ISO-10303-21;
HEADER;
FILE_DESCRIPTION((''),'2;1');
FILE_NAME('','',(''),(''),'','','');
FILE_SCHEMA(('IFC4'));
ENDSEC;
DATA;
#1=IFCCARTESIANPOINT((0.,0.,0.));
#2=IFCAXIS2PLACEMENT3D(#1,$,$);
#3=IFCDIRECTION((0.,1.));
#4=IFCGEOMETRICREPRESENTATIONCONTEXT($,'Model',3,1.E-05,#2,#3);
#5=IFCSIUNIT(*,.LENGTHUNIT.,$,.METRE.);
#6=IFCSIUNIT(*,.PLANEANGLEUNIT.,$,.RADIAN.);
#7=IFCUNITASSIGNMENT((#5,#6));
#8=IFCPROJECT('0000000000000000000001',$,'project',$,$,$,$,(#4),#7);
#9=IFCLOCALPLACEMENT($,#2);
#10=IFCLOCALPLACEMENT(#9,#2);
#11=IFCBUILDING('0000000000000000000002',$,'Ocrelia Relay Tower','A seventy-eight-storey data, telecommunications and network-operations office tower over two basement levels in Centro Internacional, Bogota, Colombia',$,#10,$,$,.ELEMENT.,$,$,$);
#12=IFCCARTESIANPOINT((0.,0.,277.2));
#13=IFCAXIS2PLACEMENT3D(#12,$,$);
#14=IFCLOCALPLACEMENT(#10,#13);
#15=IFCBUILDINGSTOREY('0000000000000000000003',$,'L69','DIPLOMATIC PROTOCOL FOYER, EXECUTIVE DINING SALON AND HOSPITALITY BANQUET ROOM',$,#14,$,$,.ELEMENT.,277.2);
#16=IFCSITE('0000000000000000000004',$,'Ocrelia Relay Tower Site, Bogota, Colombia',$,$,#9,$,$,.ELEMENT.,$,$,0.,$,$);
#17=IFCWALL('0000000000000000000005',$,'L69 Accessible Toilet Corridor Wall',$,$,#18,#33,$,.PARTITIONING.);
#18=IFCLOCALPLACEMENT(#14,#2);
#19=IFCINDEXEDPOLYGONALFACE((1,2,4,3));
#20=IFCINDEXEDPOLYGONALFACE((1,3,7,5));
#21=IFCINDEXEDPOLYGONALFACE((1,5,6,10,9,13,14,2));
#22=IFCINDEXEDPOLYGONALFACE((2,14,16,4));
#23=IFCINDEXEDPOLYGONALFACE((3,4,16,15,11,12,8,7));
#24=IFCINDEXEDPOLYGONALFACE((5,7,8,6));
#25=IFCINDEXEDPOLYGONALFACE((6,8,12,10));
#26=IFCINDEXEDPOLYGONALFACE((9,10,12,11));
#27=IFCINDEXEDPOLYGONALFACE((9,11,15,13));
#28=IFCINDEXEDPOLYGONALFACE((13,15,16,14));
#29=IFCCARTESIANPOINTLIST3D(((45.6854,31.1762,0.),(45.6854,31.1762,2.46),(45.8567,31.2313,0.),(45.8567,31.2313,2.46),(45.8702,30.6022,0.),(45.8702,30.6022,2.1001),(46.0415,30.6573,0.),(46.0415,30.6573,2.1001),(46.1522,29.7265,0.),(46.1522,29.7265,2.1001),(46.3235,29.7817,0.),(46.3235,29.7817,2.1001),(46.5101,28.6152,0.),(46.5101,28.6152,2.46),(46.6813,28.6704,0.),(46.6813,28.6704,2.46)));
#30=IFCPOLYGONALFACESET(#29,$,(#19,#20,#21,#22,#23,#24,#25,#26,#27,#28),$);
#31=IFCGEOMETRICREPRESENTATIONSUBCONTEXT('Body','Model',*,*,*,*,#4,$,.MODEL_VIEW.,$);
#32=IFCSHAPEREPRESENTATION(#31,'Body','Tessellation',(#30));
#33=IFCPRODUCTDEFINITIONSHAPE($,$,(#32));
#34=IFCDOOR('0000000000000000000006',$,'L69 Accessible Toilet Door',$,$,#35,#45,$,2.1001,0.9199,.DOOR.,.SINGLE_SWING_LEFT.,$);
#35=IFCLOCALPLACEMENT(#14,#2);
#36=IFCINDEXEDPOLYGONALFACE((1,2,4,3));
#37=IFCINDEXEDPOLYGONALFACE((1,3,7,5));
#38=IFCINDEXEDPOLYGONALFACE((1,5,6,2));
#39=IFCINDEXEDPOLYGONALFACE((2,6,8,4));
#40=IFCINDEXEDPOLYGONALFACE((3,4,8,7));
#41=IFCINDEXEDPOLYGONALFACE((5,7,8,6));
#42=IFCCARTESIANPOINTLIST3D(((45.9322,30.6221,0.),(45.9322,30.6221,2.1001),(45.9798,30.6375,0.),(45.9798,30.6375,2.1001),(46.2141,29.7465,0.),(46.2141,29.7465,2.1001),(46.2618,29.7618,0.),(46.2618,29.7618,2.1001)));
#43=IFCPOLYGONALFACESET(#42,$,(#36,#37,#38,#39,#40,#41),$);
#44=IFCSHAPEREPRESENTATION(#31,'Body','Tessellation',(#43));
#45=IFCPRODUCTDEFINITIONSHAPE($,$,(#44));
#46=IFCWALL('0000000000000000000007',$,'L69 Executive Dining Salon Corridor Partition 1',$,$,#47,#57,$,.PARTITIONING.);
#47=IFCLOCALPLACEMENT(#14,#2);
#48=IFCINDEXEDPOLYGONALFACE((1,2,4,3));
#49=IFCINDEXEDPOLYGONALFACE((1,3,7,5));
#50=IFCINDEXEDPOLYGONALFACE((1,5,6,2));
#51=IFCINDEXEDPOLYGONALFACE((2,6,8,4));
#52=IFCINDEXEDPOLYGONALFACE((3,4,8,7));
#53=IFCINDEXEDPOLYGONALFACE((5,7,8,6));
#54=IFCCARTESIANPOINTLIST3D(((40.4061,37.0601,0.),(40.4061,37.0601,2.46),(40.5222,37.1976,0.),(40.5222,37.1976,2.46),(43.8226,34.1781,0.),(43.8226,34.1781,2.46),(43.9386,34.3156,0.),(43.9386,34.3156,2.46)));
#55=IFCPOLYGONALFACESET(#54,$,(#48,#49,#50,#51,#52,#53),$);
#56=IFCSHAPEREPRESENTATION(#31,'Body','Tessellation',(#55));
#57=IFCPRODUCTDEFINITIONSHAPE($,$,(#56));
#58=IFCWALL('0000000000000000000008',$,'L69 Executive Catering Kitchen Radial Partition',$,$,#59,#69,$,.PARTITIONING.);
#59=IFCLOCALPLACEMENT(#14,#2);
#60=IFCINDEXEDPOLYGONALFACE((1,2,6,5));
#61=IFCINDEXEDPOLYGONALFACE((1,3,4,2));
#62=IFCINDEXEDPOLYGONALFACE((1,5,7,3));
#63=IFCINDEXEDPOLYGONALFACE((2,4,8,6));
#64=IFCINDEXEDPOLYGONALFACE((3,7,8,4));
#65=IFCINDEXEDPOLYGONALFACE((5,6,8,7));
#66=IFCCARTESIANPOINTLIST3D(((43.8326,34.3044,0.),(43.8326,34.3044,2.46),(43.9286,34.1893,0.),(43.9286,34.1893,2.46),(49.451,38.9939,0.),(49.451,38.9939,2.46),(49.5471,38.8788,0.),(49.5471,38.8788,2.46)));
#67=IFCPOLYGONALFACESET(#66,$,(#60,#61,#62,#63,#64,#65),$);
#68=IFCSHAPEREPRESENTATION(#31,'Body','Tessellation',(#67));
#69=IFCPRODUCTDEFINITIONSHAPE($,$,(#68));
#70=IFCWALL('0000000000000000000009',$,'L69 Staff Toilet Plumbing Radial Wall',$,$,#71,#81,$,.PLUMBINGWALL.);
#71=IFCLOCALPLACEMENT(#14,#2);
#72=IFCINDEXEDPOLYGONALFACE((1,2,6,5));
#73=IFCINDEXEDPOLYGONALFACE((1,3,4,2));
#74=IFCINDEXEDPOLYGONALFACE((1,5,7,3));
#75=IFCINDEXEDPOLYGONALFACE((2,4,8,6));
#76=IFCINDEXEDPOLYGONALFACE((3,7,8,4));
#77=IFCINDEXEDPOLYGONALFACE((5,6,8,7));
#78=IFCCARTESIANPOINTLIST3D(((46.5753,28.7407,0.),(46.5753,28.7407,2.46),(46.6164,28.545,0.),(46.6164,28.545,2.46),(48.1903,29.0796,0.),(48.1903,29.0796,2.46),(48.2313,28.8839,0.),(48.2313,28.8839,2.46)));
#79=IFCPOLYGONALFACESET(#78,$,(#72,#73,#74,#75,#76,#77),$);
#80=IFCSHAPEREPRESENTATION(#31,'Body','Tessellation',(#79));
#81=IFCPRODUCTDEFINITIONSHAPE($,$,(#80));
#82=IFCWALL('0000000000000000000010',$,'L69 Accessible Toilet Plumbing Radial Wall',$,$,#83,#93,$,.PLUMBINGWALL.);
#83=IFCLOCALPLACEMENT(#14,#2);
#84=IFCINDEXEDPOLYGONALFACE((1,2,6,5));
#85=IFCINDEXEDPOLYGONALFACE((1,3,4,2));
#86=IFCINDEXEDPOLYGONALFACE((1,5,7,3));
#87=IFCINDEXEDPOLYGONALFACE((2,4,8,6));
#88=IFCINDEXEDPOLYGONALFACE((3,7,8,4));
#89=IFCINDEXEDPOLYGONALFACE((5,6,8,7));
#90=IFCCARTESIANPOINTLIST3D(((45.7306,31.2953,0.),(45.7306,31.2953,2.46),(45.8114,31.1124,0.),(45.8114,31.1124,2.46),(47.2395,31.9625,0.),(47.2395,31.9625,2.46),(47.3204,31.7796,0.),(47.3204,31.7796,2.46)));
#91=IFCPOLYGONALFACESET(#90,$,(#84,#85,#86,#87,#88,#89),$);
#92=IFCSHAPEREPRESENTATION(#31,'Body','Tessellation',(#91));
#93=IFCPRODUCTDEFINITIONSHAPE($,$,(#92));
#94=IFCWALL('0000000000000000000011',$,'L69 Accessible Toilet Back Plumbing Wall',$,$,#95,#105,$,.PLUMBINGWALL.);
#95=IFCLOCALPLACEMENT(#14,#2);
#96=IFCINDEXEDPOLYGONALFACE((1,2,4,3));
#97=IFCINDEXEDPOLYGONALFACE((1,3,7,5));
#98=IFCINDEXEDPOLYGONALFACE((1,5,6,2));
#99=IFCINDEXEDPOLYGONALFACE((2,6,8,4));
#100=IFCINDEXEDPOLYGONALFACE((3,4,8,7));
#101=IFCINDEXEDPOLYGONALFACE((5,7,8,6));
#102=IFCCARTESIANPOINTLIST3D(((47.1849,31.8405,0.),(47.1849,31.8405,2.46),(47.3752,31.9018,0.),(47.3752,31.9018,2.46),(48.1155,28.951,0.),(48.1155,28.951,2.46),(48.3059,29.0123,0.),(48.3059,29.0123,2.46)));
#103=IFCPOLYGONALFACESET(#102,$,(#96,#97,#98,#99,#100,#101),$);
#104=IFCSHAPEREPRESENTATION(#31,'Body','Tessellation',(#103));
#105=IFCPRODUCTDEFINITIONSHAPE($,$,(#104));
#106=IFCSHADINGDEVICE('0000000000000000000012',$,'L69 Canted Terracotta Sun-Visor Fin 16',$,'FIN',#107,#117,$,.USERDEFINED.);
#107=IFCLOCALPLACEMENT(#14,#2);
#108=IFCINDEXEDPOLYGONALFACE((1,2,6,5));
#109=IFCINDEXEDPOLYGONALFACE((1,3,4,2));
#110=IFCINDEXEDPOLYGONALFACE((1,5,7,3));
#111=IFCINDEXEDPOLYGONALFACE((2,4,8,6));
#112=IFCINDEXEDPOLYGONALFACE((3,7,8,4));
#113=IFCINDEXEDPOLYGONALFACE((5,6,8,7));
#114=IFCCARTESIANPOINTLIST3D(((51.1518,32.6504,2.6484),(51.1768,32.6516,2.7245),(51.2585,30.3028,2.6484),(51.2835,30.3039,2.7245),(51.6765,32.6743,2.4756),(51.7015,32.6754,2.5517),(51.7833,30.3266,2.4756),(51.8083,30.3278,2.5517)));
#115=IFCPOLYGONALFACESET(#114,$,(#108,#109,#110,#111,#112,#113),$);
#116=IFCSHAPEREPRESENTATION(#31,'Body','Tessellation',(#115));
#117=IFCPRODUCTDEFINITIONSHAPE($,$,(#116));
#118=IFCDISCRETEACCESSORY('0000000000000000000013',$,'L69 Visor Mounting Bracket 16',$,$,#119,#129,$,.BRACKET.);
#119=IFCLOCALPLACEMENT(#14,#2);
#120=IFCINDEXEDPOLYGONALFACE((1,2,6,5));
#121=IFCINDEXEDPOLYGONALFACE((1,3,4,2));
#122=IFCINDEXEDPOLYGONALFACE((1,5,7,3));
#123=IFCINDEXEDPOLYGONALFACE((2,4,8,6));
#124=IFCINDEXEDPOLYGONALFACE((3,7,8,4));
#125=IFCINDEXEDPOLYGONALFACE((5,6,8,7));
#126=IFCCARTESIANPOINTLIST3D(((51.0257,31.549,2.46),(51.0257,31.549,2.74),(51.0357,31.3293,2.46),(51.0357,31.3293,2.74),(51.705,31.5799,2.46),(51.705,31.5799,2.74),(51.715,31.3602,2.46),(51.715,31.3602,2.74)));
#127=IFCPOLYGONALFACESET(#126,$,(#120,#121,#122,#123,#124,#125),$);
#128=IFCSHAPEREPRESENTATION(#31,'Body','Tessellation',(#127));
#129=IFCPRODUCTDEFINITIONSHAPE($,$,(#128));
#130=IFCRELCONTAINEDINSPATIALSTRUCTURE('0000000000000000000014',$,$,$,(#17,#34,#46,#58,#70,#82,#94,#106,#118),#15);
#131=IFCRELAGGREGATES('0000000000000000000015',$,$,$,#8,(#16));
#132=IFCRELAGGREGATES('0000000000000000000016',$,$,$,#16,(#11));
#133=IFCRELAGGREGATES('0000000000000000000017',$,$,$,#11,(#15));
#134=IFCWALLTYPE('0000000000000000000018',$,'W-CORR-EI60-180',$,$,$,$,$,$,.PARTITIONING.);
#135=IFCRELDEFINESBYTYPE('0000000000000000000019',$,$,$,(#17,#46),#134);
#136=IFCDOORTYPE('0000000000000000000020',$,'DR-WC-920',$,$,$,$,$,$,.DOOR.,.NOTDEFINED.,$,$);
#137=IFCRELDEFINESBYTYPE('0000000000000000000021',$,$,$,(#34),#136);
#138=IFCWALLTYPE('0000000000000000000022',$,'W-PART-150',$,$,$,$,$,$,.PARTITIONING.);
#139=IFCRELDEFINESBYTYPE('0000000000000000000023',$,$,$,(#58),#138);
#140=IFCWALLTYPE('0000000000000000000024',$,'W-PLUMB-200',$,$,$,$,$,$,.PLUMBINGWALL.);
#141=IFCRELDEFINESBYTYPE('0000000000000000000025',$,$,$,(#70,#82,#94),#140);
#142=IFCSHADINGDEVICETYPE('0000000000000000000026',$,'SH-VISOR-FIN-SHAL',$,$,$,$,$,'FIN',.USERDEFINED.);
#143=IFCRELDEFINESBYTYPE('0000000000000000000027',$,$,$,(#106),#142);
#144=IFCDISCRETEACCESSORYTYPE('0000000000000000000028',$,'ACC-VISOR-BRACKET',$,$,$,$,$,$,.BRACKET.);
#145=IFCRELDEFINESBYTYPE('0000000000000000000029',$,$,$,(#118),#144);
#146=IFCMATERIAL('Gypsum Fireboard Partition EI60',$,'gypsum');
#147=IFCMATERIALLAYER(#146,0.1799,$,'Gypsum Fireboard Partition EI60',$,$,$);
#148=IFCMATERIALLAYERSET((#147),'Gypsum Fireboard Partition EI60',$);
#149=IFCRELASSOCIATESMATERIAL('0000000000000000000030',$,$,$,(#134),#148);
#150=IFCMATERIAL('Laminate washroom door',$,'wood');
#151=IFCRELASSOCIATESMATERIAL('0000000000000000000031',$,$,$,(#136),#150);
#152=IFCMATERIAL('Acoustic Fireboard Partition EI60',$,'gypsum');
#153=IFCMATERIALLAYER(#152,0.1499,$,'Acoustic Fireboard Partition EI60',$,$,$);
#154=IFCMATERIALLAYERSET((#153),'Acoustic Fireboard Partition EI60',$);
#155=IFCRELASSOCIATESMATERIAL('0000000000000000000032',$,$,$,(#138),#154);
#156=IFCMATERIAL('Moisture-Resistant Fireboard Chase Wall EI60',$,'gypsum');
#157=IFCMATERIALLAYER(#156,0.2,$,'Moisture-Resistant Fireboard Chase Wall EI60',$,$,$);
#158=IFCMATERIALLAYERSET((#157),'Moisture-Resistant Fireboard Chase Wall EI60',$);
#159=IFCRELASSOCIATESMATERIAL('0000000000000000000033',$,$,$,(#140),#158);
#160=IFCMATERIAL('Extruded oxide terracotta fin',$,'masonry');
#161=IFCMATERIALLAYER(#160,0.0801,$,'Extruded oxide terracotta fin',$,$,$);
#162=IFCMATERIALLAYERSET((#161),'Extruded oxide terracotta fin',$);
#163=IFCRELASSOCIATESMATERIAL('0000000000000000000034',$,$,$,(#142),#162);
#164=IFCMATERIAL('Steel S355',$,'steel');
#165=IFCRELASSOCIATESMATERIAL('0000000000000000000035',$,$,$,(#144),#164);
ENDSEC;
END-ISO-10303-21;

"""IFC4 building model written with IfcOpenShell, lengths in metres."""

from ifc_helpers import new_model, si_unit, direction, frame, frame_2d, origin, origin_2d, place, context, subcontext, project, spatial, rectangle, extrude, material, layer, layer_set, type_object, element, fill, save


model = new_model("IFC4")

# Units and contexts
model_context = context("Model", 3, precision=1e-05, world=origin(), true_north=direction((0.0, 1.0)))
body_context = subcontext(model_context, "Body", "Model", "MODEL_VIEW")
ifc_project = project(units=[si_unit("LENGTHUNIT", "METRE"), si_unit("PLANEANGLEUNIT", "RADIAN")], contexts=[model_context])

# Site, building, storey
site_placement = place(None, origin())
site = spatial("IfcSite", under=ifc_project, at=site_placement, Name="Ocrelia Relay Tower Site, Bogota, Colombia", CompositionType="ELEMENT", RefElevation=0.0)
building_placement = place(site_placement, origin())
building = spatial("IfcBuilding", under=site, at=building_placement, Name="Ocrelia Relay Tower", Description="A seventy-eight-storey data, telecommunications and network-operations office tower over two basement levels in Centro Internacional, Bogota, Colombia", CompositionType="ELEMENT")
storey_placement = place(building_placement, frame((0.0, 0.0, 277.2)))
storey = spatial("IfcBuildingStorey", under=building, at=storey_placement, Name="L69", Description="DIPLOMATIC PROTOCOL FOYER, EXECUTIVE DINING SALON AND HOSPITALITY BANQUET ROOM", CompositionType="ELEMENT", Elevation=277.2)

# Shared definitions
ifc_material_1 = material(Name="Steel S355", Category="steel")

# Wall, opening, door
ifc_material_2 = material(Name="Gypsum Fireboard Partition EI60", Category="gypsum")
ifc_layer_1 = layer(ifc_material_2, 0.1799, Name="Gypsum Fireboard Partition EI60")
ifc_layer_set_1 = layer_set([ifc_layer_1], Name="Gypsum Fireboard Partition EI60")
wall_type_1 = type_object("IfcWallType", Name="W-CORR-EI60-180", PredefinedType="PARTITIONING", material=ifc_layer_set_1)
wall_1_placement = place(storey_placement, frame((46.5957, 28.6428, 0.0), z_axis=(0.0, 0.0, 1.0), x_axis=(-0.30652, 0.951864, 0.0)))
wall_1 = element("IfcWall", 1, at=wall_1_placement, inside=storey, type_object=wall_type_1, Name="L69 Accessible Toilet Corridor Wall", PredefinedType="PARTITIONING", context=body_context, shape_type="SweptSolid", body=[
    extrude(rectangle(XDim=2.6904, YDim=0.1799, at=frame_2d((1.3452, 0.0))), origin(), (0.0, 0.0, 1.0), 2.46),
])
opening_1_placement = place(wall_1_placement, frame((1.1675, 0.0, 0.0)))
opening_1 = element("IfcOpeningElement", 2, at=opening_1_placement, cuts=wall_1, PredefinedType="OPENING", context=body_context, shape_type="SweptSolid", body=[
    extrude(rectangle(XDim=0.9199, YDim=2.1001, at=frame_2d((0.46, 1.05))), frame((0.0, 0.1001, 0.0), z_axis=(0.0, -1.0, 0.0), x_axis=(1.0, 0.0, 0.0)), (0.0, 0.0, 1.0), 0.2),
])
ifc_material_3 = material(Name="Laminate washroom door", Category="wood")
door_type_1 = type_object("IfcDoorType", Name="DR-WC-920", OperationType="NOTDEFINED", PredefinedType="DOOR", material=ifc_material_3)
door_1_placement = place(opening_1_placement, origin())
door_1 = element("IfcDoor", 3, at=door_1_placement, inside=storey, type_object=door_type_1, Name="L69 Accessible Toilet Door", OperationType="SINGLE_SWING_LEFT", OverallHeight=2.1001, OverallWidth=0.9199, PredefinedType="DOOR", context=body_context, shape_type="SweptSolid", body=[
    extrude(rectangle(XDim=0.9199, YDim=2.1001, at=frame_2d((0.46, 1.05))), frame((0.0, 0.0249, 0.0), z_axis=(0.0, -1.0, 0.0), x_axis=(1.0, 0.0, 0.0)), (0.0, 0.0, 1.0), 0.05),
])
fill(opening_1, door_1)

# Walls
wall_2_placement = place(storey_placement, frame((43.8806, 34.2468, 0.0), z_axis=(0.0, 0.0, 1.0), x_axis=(-0.764357, 0.644793, 0.0)))
element("IfcWall", 4, at=wall_2_placement, inside=storey, type_object=wall_type_1, Name="L69 Executive Dining Salon Corridor Partition 1", PredefinedType="PARTITIONING", context=body_context, shape_type="SweptSolid", body=[
    extrude(rectangle(XDim=4.4697, YDim=0.1799, at=frame_2d((2.2349, 0.0))), origin(), (0.0, 0.0, 1.0), 2.46),
])
ifc_material_4 = material(Name="Acoustic Fireboard Partition EI60", Category="gypsum")
ifc_layer_2 = layer(ifc_material_4, 0.1499, Name="Acoustic Fireboard Partition EI60")
ifc_layer_set_2 = layer_set([ifc_layer_2], Name="Acoustic Fireboard Partition EI60")
wall_type_2 = type_object("IfcWallType", Name="W-PART-150", PredefinedType="PARTITIONING", material=ifc_layer_set_2)
wall_3_placement = place(storey_placement, frame((43.8806, 34.2468, 0.0), z_axis=(0.0, 0.0, 1.0), x_axis=(0.767721, 0.640785, 0.0)))
element("IfcWall", 5, at=wall_3_placement, inside=storey, type_object=wall_type_2, Name="L69 Executive Catering Kitchen Radial Partition", PredefinedType="PARTITIONING", context=body_context, shape_type="SweptSolid", body=[
    extrude(rectangle(XDim=7.3184, YDim=0.1499, at=frame_2d((3.6592, 0.0))), origin(), (0.0, 0.0, 1.0), 2.46),
])
ifc_material_5 = material(Name="Moisture-Resistant Fireboard Chase Wall EI60", Category="gypsum")
ifc_layer_3 = layer(ifc_material_5, 0.2, Name="Moisture-Resistant Fireboard Chase Wall EI60")
ifc_layer_set_3 = layer_set([ifc_layer_3], Name="Moisture-Resistant Fireboard Chase Wall EI60")
wall_type_3 = type_object("IfcWallType", Name="W-PLUMB-200", PredefinedType="PLUMBINGWALL", material=ifc_layer_set_3)
wall_4_placement = place(storey_placement, frame((46.5957, 28.6428, 0.0), z_axis=(0.0, 0.0, 1.0), x_axis=(0.978688, 0.205354, 0.0)))
element("IfcWall", 6, at=wall_4_placement, inside=storey, type_object=wall_type_3, Name="L69 Staff Toilet Plumbing Radial Wall", PredefinedType="PLUMBINGWALL", context=body_context, shape_type="SweptSolid", body=[
    extrude(rectangle(XDim=1.6501, YDim=0.2, at=frame_2d((0.8252, 0.0))), origin(), (0.0, 0.0, 1.0), 2.46),
])
wall_5_placement = place(storey_placement, frame((45.771, 31.2039, 0.0), z_axis=(0.0, 0.0, 1.0), x_axis=(0.914585, 0.404394, 0.0)))
element("IfcWall", 7, at=wall_5_placement, inside=storey, type_object=wall_type_3, Name="L69 Accessible Toilet Plumbing Radial Wall", PredefinedType="PLUMBINGWALL", context=body_context, shape_type="SweptSolid", body=[
    extrude(rectangle(XDim=1.6499, YDim=0.2, at=frame_2d((0.825, 0.0))), origin(), (0.0, 0.0, 1.0), 2.46),
])
wall_6_placement = place(storey_placement, frame((48.2107, 28.9817, 0.0), z_axis=(0.0, 0.0, 1.0), x_axis=(-0.306584, 0.951843, 0.0)))
element("IfcWall", 8, at=wall_6_placement, inside=storey, type_object=wall_type_3, Name="L69 Accessible Toilet Back Plumbing Wall", PredefinedType="PLUMBINGWALL", context=body_context, shape_type="SweptSolid", body=[
    extrude(rectangle(XDim=3.0356, YDim=0.2, at=frame_2d((1.5178, 0.0))), origin(), (0.0, 0.0, 1.0), 2.46),
])

# Shading device
ifc_material_6 = material(Name="Extruded oxide terracotta fin", Category="masonry")
ifc_layer_4 = layer(ifc_material_6, 0.0801, Name="Extruded oxide terracotta fin")
ifc_layer_set_4 = layer_set([ifc_layer_4], Name="Extruded oxide terracotta fin")
shading_device_type = type_object("IfcShadingDeviceType", Name="SH-VISOR-FIN-SHAL", ElementType="FIN", PredefinedType="USERDEFINED", material=ifc_layer_set_4)
shading_device_placement = place(storey_placement, frame((51.4675, 31.4885, 2.562), z_axis=(0.312178, 0.014197, 0.949918), x_axis=(-0.04543, 0.998968, 0.0)))
element("IfcShadingDevice", 9, at=shading_device_placement, inside=storey, type_object=shading_device_type, Name="L69 Canted Terracotta Sun-Visor Fin 16", ObjectType="FIN", PredefinedType="USERDEFINED", context=body_context, shape_type="SweptSolid", body=[
    extrude(rectangle(XDim=2.3501, YDim=0.553, at=origin_2d()), origin(), (0.0, 0.0, 1.0), 0.0801),
])

# Discrete accessory
discrete_accessory_type = type_object("IfcDiscreteAccessoryType", Name="ACC-VISOR-BRACKET", PredefinedType="BRACKET", material=ifc_material_1)
discrete_accessory_placement = place(storey_placement, frame((51.3704, 31.4546, 2.46), z_axis=(0.0, 0.0, 1.0), x_axis=(-0.04543, 0.998968, 0.0)))
element("IfcDiscreteAccessory", 10, at=discrete_accessory_placement, inside=storey, type_object=discrete_accessory_type, Name="L69 Visor Mounting Bracket 16", PredefinedType="BRACKET", context=body_context, shape_type="SweptSolid", body=[
    extrude(rectangle(XDim=0.22, YDim=0.6799, at=origin_2d()), origin(), (0.0, 0.0, 1.0), 0.28),
])

save(model, "model.ifc")
